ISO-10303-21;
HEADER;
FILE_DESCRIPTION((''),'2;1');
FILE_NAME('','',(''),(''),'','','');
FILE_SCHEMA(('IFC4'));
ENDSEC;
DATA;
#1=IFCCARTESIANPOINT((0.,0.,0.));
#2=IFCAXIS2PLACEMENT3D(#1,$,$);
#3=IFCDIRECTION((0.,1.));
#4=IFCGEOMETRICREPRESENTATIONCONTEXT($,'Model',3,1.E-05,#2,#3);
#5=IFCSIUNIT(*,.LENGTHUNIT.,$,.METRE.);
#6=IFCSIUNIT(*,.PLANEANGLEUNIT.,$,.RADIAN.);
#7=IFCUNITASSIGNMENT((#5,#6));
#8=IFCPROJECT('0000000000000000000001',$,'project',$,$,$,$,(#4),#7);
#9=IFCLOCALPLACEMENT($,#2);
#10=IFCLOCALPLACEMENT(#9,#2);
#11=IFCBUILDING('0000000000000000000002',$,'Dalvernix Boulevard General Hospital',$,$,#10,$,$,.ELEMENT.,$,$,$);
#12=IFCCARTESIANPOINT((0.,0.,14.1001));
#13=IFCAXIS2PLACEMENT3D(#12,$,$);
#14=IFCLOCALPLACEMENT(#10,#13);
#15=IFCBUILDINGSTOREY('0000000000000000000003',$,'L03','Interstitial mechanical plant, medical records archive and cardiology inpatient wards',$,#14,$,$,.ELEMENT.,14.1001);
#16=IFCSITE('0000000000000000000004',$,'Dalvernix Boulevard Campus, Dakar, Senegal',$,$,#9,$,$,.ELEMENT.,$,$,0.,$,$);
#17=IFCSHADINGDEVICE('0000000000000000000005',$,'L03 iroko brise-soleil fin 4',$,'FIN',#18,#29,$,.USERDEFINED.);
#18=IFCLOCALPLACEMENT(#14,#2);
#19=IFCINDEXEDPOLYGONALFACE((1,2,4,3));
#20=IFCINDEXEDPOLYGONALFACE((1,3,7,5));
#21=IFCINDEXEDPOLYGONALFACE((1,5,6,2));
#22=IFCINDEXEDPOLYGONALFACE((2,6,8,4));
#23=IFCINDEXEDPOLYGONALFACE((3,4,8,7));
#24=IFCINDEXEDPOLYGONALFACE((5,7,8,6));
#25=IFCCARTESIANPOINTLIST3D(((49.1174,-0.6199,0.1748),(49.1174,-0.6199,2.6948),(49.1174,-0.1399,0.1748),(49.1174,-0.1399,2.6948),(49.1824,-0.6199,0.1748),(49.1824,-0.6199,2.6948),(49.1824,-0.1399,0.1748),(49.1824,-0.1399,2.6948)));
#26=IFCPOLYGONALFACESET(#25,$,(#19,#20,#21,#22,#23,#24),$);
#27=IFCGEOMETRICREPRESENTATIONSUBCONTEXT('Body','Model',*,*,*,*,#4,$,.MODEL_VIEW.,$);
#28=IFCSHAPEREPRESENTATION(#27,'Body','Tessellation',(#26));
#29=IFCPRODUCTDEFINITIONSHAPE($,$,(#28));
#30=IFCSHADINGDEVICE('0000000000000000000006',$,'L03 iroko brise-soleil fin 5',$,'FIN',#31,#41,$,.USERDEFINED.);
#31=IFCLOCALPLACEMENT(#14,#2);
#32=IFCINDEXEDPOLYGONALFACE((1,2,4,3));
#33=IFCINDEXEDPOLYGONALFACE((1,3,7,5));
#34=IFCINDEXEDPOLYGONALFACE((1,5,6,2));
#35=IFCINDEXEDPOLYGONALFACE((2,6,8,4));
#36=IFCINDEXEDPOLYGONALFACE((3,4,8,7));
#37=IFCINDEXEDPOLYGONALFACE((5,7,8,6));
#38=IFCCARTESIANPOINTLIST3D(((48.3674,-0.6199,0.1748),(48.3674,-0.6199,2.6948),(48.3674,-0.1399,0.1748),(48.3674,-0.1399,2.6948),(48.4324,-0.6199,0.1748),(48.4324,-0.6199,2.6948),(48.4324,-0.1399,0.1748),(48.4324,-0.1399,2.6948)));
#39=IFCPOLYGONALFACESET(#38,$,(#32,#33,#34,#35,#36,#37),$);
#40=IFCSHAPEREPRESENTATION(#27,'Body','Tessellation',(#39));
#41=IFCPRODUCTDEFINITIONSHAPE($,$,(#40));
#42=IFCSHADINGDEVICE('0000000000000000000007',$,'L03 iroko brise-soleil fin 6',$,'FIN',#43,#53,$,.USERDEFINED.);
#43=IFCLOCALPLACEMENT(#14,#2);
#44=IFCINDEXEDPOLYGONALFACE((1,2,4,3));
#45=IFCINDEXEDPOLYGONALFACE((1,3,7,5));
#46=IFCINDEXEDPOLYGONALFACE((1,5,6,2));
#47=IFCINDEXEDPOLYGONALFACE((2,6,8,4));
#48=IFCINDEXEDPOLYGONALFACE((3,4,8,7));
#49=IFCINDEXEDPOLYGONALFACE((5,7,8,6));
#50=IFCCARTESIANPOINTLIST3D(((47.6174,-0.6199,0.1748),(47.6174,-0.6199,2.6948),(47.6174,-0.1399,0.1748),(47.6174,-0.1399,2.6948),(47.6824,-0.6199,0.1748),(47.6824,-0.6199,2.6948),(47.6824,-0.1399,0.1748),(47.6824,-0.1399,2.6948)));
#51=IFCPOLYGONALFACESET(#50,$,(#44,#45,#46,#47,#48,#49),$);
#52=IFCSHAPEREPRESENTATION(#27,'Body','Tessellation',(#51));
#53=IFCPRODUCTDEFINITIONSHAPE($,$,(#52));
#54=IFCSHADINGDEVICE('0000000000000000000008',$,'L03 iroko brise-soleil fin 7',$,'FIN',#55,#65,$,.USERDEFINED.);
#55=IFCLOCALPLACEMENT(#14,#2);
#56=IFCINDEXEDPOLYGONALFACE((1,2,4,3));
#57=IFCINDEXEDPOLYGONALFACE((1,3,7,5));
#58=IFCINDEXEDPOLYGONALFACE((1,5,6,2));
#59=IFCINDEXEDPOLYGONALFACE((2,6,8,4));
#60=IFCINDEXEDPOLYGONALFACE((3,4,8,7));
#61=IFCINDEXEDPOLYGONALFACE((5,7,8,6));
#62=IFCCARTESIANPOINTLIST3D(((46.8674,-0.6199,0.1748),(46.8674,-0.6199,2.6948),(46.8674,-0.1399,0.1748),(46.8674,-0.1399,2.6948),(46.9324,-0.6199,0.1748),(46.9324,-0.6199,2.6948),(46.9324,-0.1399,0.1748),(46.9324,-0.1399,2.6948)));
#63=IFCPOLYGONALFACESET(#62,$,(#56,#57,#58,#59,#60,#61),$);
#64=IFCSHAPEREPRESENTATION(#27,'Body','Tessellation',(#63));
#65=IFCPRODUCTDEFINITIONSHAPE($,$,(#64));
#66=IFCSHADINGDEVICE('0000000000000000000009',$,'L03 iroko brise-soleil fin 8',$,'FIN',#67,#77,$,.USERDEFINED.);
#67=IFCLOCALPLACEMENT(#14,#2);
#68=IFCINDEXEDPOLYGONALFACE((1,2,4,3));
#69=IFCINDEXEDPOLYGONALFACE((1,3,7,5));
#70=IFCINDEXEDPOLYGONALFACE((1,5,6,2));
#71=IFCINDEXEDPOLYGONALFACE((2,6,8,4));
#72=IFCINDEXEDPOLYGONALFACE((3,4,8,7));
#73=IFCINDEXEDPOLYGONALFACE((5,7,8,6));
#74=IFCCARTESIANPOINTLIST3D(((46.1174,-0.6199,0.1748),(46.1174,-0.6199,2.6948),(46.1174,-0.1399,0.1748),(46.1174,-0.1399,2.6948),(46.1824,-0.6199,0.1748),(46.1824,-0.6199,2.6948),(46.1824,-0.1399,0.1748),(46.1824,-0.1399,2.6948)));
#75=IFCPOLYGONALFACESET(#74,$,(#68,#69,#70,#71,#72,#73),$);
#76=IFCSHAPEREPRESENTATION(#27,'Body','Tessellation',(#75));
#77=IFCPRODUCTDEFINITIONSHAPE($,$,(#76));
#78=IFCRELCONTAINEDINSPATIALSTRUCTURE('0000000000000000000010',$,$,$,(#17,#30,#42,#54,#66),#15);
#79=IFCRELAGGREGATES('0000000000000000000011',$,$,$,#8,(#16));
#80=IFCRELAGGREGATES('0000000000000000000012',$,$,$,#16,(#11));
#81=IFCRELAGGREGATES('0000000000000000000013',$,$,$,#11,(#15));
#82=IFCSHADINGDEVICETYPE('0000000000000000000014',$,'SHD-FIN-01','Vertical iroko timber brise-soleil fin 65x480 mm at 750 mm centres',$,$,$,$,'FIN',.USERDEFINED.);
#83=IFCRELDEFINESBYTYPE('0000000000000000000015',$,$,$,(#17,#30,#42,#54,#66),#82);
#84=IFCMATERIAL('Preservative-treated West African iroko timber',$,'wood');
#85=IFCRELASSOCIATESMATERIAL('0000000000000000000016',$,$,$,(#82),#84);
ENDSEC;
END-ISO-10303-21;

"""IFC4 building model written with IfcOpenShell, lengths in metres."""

from ifc_helpers import new_model, si_unit, direction, frame, origin, origin_2d, place, context, subcontext, project, spatial, rectangle, extrude, material, type_object, element, save


model = new_model("IFC4")

# Units and contexts
model_context = context("Model", 3, precision=1e-05, world=origin(), true_north=direction((0.0, 1.0)))
body_context = subcontext(model_context, "Body", "Model", "MODEL_VIEW")
ifc_project = project(units=[si_unit("LENGTHUNIT", "METRE"), si_unit("PLANEANGLEUNIT", "RADIAN")], contexts=[model_context])

# Site, building, storey
site_placement = place(None, origin())
site = spatial("IfcSite", under=ifc_project, at=site_placement, Name="Dalvernix Boulevard Campus, Dakar, Senegal", CompositionType="ELEMENT", RefElevation=0.0)
building_placement = place(site_placement, origin())
building = spatial("IfcBuilding", under=site, at=building_placement, Name="Dalvernix Boulevard General Hospital", CompositionType="ELEMENT")
storey_placement = place(building_placement, frame((0.0, 0.0, 14.1001)))
storey = spatial("IfcBuildingStorey", under=building, at=storey_placement, Name="L03", Description="Interstitial mechanical plant, medical records archive and cardiology inpatient wards", CompositionType="ELEMENT", Elevation=14.1001)

# Shading devices
ifc_material_1 = material(Name="Preservative-treated West African iroko timber", Category="wood")
shading_device_type = type_object("IfcShadingDeviceType", Name="SHD-FIN-01", Description="Vertical iroko timber brise-soleil fin 65x480 mm at 750 mm centres", ElementType="FIN", PredefinedType="USERDEFINED", material=ifc_material_1)
for number, where, z_axis, x_axis, name in (
    (1, (49.1499, -0.3799, 0.1748), (0.0, 0.0, 1.0), (-1.0, 0.0, 0.0), "L03 iroko brise-soleil fin 4"),
    (2, (48.3999, -0.3799, 0.1748), (0.0, 0.0, 1.0), (-1.0, 0.0, 0.0), "L03 iroko brise-soleil fin 5"),
    (3, (47.6499, -0.3799, 0.1748), (0.0, 0.0, 1.0), (-1.0, 0.0, 0.0), "L03 iroko brise-soleil fin 6"),
    (4, (46.8999, -0.3799, 0.1748), (0.0, 0.0, 1.0), (-1.0, 0.0, 0.0), "L03 iroko brise-soleil fin 7"),
    (5, (46.1499, -0.3799, 0.1748), (0.0, 0.0, 1.0), (-1.0, 0.0, 0.0), "L03 iroko brise-soleil fin 8"),
):
    element("IfcShadingDevice", number, at=place(storey_placement, frame(where, z_axis=z_axis, x_axis=x_axis)), inside=storey, type_object=shading_device_type, Name=name, ObjectType="FIN", PredefinedType="USERDEFINED", context=body_context, shape_type="SweptSolid", body=[
        extrude(rectangle(XDim=0.0649, YDim=0.48, at=origin_2d()), origin(), (0.0, 0.0, 1.0), 2.52),
    ])

save(model, "model.ifc")
